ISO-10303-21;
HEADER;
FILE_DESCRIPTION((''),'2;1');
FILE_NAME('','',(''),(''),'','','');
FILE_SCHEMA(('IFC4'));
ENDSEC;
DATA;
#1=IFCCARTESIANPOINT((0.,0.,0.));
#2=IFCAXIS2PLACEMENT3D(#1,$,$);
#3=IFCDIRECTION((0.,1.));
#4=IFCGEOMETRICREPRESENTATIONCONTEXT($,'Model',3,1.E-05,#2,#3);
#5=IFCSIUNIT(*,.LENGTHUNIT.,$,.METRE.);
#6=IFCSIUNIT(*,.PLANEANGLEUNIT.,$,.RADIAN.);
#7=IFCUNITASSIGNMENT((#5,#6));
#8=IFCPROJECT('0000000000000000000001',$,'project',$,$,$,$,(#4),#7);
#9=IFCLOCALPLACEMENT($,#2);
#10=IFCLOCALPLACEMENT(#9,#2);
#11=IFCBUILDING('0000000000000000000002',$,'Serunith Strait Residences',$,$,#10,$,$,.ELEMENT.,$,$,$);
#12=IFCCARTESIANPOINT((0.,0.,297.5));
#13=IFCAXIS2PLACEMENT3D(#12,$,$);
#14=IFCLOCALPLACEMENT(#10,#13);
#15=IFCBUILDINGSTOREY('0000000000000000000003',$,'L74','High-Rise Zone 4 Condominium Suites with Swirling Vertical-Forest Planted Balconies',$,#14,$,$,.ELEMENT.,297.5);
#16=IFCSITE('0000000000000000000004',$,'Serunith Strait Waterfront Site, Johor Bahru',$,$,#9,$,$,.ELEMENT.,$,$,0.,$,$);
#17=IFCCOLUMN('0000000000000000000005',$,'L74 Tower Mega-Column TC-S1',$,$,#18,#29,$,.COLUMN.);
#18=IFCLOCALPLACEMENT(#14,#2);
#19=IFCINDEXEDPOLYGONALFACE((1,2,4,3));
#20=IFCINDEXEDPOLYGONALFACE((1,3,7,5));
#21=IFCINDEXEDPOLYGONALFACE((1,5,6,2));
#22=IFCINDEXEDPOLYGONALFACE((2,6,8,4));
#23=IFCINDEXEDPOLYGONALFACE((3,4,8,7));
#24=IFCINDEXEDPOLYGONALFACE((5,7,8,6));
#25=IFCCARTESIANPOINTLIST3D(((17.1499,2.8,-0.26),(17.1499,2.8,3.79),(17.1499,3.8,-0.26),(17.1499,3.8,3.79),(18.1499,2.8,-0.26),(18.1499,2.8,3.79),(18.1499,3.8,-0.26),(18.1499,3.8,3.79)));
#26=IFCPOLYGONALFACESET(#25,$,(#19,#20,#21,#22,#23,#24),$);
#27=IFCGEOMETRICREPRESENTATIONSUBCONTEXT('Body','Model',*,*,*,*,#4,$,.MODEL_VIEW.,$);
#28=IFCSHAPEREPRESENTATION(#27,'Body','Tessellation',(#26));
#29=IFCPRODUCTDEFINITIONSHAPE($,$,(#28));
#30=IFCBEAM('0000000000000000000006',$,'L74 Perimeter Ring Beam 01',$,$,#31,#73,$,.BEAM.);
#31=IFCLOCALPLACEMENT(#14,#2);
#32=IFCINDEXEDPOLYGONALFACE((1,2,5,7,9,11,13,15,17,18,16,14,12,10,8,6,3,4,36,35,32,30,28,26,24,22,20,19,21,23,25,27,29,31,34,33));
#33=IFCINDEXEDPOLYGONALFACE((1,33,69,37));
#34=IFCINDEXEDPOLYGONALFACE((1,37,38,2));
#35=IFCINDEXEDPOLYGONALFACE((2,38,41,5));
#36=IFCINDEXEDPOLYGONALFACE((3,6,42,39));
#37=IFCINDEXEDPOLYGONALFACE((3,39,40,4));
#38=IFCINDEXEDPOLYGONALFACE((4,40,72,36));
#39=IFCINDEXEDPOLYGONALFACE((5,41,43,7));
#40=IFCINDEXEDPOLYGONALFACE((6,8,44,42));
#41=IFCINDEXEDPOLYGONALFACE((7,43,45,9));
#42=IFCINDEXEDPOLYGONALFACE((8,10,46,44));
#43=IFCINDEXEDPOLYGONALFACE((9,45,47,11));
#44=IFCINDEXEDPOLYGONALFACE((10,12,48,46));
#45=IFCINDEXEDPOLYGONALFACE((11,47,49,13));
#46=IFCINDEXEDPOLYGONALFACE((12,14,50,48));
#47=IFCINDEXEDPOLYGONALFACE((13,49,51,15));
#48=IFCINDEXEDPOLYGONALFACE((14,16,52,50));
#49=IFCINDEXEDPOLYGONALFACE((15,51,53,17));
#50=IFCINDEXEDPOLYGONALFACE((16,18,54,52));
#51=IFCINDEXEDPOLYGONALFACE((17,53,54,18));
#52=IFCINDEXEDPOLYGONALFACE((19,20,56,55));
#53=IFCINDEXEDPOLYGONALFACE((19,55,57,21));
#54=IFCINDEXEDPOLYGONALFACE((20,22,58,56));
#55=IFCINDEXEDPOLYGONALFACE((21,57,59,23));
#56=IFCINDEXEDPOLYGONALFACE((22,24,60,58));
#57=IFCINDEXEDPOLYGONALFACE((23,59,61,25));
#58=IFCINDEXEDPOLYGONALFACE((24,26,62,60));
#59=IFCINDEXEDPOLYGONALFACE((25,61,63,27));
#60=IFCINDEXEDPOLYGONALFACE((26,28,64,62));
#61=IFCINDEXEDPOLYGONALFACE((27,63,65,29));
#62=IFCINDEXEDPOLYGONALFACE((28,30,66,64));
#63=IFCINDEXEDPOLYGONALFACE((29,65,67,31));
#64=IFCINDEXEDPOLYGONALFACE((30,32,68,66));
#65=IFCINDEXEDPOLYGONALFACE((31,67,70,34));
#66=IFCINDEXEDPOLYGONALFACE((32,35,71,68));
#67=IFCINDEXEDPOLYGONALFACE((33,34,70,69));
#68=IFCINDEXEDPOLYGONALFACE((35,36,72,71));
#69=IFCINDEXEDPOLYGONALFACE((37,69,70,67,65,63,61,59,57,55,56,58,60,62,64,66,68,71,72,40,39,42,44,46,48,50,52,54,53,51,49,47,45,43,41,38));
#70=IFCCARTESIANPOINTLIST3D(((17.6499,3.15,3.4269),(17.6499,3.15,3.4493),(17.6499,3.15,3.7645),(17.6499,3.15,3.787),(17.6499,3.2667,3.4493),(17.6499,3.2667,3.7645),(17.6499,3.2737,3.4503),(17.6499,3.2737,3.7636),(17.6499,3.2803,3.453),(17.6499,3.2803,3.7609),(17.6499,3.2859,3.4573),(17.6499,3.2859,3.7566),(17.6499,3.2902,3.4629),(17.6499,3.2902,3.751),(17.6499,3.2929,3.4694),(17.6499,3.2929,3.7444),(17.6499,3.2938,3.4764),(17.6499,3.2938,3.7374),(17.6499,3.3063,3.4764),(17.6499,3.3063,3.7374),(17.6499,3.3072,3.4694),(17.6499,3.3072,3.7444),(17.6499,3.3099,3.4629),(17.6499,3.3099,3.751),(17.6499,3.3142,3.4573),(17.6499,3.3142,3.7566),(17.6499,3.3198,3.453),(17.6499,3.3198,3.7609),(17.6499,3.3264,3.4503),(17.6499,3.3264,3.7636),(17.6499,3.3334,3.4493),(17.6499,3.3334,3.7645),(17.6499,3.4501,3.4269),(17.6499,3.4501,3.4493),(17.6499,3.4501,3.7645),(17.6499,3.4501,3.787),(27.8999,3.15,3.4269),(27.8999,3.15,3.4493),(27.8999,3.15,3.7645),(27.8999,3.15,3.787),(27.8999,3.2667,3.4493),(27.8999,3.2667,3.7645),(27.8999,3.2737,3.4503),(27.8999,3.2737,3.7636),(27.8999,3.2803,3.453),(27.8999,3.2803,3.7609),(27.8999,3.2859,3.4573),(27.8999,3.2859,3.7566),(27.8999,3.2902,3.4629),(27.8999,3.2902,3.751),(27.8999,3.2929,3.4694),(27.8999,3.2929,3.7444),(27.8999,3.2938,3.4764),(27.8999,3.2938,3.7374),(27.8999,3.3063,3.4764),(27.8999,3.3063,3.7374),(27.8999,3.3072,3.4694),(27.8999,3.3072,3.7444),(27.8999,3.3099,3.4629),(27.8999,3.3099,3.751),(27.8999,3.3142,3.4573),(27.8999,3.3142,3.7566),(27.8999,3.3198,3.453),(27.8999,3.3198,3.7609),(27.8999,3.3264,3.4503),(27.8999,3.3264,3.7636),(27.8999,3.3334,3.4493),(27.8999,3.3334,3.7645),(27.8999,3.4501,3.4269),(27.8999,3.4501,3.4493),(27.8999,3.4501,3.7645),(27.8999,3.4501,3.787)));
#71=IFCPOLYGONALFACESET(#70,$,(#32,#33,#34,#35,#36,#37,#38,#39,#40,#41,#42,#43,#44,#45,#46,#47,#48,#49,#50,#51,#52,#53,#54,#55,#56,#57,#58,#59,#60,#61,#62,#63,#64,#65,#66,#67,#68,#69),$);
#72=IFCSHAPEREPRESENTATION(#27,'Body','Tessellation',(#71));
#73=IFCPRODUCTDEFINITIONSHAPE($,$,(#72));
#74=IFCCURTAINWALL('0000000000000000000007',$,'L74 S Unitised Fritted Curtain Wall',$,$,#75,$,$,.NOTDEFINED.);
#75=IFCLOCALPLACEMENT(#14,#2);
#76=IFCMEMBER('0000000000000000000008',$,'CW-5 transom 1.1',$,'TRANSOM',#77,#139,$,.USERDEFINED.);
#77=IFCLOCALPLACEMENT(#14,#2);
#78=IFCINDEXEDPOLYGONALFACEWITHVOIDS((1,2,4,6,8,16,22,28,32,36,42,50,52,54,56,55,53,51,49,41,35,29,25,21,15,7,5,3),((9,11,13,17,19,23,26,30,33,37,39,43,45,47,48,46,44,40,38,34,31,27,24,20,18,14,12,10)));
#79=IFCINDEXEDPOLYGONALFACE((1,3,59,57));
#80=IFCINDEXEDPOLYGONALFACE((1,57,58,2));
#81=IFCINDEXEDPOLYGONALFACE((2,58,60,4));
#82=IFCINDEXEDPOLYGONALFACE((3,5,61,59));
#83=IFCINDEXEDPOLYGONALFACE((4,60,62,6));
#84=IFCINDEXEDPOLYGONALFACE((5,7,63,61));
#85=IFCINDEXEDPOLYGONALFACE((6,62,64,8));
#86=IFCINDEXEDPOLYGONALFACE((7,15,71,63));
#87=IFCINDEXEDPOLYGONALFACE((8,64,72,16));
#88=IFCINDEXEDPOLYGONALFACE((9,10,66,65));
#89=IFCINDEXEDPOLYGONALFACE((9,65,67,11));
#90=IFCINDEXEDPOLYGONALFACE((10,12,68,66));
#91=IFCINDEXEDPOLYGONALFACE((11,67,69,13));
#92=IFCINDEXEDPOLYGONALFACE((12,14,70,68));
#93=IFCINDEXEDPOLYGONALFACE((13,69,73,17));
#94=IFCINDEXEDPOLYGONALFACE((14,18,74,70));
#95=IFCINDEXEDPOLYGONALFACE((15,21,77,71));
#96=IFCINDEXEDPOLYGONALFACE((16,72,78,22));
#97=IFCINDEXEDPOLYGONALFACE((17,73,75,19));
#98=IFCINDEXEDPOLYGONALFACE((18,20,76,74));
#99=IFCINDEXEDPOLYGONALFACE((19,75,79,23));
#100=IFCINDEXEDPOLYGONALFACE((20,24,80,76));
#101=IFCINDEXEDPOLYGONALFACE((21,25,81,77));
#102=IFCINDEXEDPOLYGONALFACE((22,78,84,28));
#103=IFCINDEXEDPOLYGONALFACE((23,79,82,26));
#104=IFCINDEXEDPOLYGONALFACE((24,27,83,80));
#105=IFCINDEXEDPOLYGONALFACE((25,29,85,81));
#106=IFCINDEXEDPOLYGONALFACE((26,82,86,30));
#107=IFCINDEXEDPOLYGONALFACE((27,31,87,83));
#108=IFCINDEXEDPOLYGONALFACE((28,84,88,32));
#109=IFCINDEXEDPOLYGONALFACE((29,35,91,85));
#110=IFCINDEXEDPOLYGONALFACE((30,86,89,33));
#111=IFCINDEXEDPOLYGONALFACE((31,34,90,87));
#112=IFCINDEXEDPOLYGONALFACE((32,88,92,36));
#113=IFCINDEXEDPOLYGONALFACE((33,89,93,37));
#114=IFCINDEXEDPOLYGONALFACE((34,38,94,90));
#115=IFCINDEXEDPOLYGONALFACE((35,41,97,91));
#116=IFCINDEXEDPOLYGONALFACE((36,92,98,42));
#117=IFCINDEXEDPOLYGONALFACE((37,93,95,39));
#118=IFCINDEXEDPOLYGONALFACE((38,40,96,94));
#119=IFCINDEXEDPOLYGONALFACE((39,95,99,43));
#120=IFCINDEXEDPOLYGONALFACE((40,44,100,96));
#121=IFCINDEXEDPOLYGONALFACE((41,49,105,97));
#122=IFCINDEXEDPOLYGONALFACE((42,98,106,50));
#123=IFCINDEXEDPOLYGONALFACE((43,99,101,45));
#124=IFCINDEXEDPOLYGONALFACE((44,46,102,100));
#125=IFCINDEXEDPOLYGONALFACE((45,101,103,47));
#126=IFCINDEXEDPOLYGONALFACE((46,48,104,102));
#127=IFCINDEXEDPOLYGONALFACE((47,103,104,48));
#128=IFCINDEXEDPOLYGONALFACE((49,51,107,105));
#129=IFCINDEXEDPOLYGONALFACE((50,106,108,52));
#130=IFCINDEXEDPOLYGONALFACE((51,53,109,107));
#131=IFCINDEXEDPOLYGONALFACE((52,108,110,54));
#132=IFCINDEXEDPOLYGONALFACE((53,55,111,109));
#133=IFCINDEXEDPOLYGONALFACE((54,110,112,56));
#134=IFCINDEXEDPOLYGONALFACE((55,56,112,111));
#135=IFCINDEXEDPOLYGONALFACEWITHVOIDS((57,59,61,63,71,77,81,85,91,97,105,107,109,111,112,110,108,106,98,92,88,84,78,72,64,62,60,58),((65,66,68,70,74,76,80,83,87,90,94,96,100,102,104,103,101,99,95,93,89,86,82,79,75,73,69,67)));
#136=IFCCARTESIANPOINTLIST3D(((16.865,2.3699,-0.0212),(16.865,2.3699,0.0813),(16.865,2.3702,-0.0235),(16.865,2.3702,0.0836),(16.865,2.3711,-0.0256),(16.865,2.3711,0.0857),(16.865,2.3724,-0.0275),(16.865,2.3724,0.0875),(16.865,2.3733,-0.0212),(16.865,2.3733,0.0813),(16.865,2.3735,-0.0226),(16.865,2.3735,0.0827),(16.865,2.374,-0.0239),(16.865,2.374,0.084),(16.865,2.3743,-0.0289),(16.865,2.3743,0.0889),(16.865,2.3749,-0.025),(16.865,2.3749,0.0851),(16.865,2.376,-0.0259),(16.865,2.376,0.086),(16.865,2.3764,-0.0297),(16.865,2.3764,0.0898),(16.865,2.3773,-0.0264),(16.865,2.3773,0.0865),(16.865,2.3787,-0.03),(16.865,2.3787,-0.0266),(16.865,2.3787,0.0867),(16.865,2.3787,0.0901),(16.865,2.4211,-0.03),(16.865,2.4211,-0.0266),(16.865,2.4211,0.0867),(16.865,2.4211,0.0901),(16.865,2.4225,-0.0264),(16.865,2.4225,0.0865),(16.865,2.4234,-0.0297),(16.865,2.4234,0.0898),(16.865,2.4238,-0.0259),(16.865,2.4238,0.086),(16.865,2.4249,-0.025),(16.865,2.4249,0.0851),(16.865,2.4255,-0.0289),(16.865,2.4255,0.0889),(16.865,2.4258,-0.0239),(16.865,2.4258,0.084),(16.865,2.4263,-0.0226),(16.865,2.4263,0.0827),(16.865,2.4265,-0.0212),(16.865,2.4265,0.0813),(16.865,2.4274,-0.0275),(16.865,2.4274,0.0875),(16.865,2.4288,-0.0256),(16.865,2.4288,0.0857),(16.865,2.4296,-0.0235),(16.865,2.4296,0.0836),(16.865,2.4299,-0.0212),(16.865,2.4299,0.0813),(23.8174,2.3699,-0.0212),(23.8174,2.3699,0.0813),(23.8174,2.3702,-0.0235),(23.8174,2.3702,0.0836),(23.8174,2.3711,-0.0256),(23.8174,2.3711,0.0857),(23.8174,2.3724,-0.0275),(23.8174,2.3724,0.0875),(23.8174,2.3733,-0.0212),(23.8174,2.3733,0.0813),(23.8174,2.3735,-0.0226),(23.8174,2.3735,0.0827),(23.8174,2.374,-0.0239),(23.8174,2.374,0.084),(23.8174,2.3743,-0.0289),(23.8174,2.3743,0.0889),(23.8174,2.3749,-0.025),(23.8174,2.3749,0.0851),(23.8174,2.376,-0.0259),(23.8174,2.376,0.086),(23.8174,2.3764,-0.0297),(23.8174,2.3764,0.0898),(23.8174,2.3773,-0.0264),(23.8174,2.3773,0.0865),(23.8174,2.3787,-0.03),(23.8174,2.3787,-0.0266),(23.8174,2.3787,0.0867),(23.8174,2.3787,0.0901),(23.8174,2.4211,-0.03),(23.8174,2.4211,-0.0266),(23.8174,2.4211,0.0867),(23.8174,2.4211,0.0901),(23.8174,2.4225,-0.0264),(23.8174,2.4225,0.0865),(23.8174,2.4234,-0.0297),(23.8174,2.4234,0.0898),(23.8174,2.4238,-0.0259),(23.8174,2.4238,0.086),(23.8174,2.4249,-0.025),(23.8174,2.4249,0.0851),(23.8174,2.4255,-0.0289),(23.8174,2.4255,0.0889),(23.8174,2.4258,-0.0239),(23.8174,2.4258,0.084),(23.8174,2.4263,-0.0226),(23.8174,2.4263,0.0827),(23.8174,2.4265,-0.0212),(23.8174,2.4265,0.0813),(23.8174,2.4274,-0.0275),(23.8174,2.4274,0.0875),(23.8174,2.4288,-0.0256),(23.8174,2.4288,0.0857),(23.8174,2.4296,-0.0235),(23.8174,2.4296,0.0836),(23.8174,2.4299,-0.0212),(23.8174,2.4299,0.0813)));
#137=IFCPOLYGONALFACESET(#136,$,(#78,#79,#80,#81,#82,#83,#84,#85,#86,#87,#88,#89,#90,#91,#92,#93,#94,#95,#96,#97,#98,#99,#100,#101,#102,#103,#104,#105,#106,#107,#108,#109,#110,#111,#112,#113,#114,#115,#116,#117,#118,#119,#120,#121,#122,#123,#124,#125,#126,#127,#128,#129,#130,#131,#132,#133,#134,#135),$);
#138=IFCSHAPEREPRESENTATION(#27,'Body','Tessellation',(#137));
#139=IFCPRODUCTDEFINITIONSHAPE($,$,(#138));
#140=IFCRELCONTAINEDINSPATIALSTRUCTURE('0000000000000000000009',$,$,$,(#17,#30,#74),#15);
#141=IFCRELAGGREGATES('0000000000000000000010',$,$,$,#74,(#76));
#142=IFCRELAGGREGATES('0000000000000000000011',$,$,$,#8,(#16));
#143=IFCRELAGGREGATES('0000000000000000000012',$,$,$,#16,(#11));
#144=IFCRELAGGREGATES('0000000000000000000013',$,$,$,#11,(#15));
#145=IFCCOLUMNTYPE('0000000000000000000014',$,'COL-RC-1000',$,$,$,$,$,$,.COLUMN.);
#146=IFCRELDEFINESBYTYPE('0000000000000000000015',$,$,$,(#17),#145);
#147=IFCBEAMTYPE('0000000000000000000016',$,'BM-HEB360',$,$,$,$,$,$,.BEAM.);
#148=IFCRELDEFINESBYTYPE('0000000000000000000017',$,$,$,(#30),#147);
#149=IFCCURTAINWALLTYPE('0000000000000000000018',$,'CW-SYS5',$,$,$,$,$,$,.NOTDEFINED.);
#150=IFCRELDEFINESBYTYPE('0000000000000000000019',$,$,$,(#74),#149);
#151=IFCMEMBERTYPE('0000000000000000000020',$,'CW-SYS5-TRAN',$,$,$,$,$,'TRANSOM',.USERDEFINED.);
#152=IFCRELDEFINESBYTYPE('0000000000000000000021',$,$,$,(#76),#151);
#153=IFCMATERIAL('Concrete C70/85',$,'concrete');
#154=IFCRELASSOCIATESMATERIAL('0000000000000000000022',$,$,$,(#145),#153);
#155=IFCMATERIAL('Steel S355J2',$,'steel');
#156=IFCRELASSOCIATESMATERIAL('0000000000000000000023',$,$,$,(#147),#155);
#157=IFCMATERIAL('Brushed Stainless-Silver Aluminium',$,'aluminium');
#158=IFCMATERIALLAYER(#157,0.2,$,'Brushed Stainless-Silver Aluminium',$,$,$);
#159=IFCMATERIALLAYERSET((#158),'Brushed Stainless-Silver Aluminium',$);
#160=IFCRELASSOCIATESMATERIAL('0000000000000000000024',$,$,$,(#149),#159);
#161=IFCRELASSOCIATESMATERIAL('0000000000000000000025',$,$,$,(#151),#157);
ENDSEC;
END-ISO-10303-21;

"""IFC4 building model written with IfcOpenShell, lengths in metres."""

from ifc_helpers import new_model, si_unit, direction, frame, origin, origin_2d, place, context, subcontext, project, spatial, rectangle, hollow_rectangle, i_section, extrude, source, transform, mapped, material, layer, layer_set, material_profile, profile_set, type_object, element, aggregate, save


model = new_model("IFC4")

# Units and contexts
model_context = context("Model", 3, precision=1e-05, world=origin(), true_north=direction((0.0, 1.0)))
body_context = subcontext(model_context, "Body", "Model", "MODEL_VIEW")
ifc_project = project(units=[si_unit("LENGTHUNIT", "METRE"), si_unit("PLANEANGLEUNIT", "RADIAN")], contexts=[model_context])

# Site, building, storey
site_placement = place(None, origin())
site = spatial("IfcSite", under=ifc_project, at=site_placement, Name="Serunith Strait Waterfront Site, Johor Bahru", CompositionType="ELEMENT", RefElevation=0.0)
building_placement = place(site_placement, origin())
building = spatial("IfcBuilding", under=site, at=building_placement, Name="Serunith Strait Residences", CompositionType="ELEMENT")
storey_placement = place(building_placement, frame((0.0, 0.0, 297.5)))
storey = spatial("IfcBuildingStorey", under=building, at=storey_placement, Name="L74", Description="High-Rise Zone 4 Condominium Suites with Swirling Vertical-Forest Planted Balconies", CompositionType="ELEMENT", Elevation=297.5)

# Column
ifc_material_1 = material(Name="Concrete C70/85", Category="concrete")
ifc_material_profile_1 = material_profile(ifc_material_1, rectangle(XDim=1.0, YDim=1.0, at=origin_2d()), Name="RC 1000x1000")
ifc_profile_set_1 = profile_set([ifc_material_profile_1], Name="Concrete C70/85")
column_type = type_object("IfcColumnType", Name="COL-RC-1000", PredefinedType="COLUMN", material=ifc_profile_set_1)
shared_shape_1 = source(origin(), body_context, "Body", "SweptSolid", [
    extrude(rectangle(XDim=1.0, YDim=1.0, at=origin_2d()), origin(), (0.0, 0.0, 1.0), 4.05),
])
column_placement = place(storey_placement, frame((17.6499, 3.3, -0.26), z_axis=(0.0, 0.0, 1.0), x_axis=(1.0, 0.0, 0.0)))
element("IfcColumn", 1, at=column_placement, inside=storey, type_object=column_type, Name="L74 Tower Mega-Column TC-S1", PredefinedType="COLUMN", context=body_context, shape_type="MappedRepresentation", body=[
    mapped(shared_shape_1, transform((0.0, 0.0, 0.0), scale=1.0)),
])

# Beam
ifc_material_2 = material(Name="Steel S355J2", Category="steel")
ifc_material_profile_2 = material_profile(ifc_material_2, i_section(OverallWidth=0.3, OverallDepth=0.3601, WebThickness=0.0125, FlangeThickness=0.0225, FilletRadius=0.0271, at=origin_2d()), Name="HEB 360")
ifc_profile_set_2 = profile_set([ifc_material_profile_2], Name="Steel S355J2")
beam_type = type_object("IfcBeamType", Name="BM-HEB360", PredefinedType="BEAM", material=ifc_profile_set_2)
shared_shape_2 = source(origin(), body_context, "Body", "SweptSolid", [
    extrude(i_section(OverallWidth=0.3, OverallDepth=0.3601, WebThickness=0.0125, FlangeThickness=0.0225, FilletRadius=0.0271, at=origin_2d()), origin(), (0.0, 0.0, 1.0), 10.25),
])
beam_placement = place(storey_placement, frame((17.6499, 3.3, 3.6069), z_axis=(1.0, 0.0, 0.0), x_axis=(0.0, 1.0, 0.0)))
element("IfcBeam", 2, at=beam_placement, inside=storey, type_object=beam_type, Name="L74 Perimeter Ring Beam 01", PredefinedType="BEAM", context=body_context, shape_type="MappedRepresentation", body=[
    mapped(shared_shape_2, transform((0.0, 0.0, 0.0), scale=1.0)),
])

# Curtain wall, member
ifc_material_3 = material(Name="Brushed Stainless-Silver Aluminium", Category="aluminium")
ifc_layer_1 = layer(ifc_material_3, 0.2, Name="Brushed Stainless-Silver Aluminium")
ifc_layer_set_1 = layer_set([ifc_layer_1], Name="Brushed Stainless-Silver Aluminium")
curtain_wall_type = type_object("IfcCurtainWallType", Name="CW-SYS5", PredefinedType="NOTDEFINED", material=ifc_layer_set_1)
curtain_wall_1_placement = place(storey_placement, origin())
curtain_wall_1 = element("IfcCurtainWall", 3, at=curtain_wall_1_placement, inside=storey, type_object=curtain_wall_type, Name="L74 S Unitised Fritted Curtain Wall", PredefinedType="NOTDEFINED")
ifc_material_profile_3 = material_profile(ifc_material_3, hollow_rectangle(XDim=0.0601, YDim=0.1201, WallThickness=0.0034, InnerFilletRadius=0.0054, OuterFilletRadius=0.0088, at=origin_2d()), Name="ALU 120x60x3.5")
ifc_profile_set_3 = profile_set([ifc_material_profile_3], Name="Brushed Stainless-Silver Aluminium")
member_type_1 = type_object("IfcMemberType", Name="CW-SYS5-TRAN", ElementType="TRANSOM", PredefinedType="USERDEFINED", material=ifc_profile_set_3)
shared_shape_3 = source(origin(), body_context, "Body", "SweptSolid", [
    extrude(hollow_rectangle(XDim=0.0601, YDim=0.1201, WallThickness=0.0034, InnerFilletRadius=0.0054, OuterFilletRadius=0.0088, at=origin_2d()), origin(), (0.0, 0.0, 1.0), 6.9524),
])
member_1_placement = place(storey_placement, frame((16.865, 2.3999, 0.03), z_axis=(1.0, 0.0, 0.0), x_axis=(0.0, 1.0, 0.0)))
member_1 = element("IfcMember", 4, at=member_1_placement, type_object=member_type_1, Name="CW-5 transom 1.1", ObjectType="TRANSOM", PredefinedType="USERDEFINED", context=body_context, shape_type="MappedRepresentation", body=[
    mapped(shared_shape_3, transform((0.0, 0.0, 0.0), scale=1.0)),
])
aggregate(curtain_wall_1, [member_1])

save(model, "model.ifc")
